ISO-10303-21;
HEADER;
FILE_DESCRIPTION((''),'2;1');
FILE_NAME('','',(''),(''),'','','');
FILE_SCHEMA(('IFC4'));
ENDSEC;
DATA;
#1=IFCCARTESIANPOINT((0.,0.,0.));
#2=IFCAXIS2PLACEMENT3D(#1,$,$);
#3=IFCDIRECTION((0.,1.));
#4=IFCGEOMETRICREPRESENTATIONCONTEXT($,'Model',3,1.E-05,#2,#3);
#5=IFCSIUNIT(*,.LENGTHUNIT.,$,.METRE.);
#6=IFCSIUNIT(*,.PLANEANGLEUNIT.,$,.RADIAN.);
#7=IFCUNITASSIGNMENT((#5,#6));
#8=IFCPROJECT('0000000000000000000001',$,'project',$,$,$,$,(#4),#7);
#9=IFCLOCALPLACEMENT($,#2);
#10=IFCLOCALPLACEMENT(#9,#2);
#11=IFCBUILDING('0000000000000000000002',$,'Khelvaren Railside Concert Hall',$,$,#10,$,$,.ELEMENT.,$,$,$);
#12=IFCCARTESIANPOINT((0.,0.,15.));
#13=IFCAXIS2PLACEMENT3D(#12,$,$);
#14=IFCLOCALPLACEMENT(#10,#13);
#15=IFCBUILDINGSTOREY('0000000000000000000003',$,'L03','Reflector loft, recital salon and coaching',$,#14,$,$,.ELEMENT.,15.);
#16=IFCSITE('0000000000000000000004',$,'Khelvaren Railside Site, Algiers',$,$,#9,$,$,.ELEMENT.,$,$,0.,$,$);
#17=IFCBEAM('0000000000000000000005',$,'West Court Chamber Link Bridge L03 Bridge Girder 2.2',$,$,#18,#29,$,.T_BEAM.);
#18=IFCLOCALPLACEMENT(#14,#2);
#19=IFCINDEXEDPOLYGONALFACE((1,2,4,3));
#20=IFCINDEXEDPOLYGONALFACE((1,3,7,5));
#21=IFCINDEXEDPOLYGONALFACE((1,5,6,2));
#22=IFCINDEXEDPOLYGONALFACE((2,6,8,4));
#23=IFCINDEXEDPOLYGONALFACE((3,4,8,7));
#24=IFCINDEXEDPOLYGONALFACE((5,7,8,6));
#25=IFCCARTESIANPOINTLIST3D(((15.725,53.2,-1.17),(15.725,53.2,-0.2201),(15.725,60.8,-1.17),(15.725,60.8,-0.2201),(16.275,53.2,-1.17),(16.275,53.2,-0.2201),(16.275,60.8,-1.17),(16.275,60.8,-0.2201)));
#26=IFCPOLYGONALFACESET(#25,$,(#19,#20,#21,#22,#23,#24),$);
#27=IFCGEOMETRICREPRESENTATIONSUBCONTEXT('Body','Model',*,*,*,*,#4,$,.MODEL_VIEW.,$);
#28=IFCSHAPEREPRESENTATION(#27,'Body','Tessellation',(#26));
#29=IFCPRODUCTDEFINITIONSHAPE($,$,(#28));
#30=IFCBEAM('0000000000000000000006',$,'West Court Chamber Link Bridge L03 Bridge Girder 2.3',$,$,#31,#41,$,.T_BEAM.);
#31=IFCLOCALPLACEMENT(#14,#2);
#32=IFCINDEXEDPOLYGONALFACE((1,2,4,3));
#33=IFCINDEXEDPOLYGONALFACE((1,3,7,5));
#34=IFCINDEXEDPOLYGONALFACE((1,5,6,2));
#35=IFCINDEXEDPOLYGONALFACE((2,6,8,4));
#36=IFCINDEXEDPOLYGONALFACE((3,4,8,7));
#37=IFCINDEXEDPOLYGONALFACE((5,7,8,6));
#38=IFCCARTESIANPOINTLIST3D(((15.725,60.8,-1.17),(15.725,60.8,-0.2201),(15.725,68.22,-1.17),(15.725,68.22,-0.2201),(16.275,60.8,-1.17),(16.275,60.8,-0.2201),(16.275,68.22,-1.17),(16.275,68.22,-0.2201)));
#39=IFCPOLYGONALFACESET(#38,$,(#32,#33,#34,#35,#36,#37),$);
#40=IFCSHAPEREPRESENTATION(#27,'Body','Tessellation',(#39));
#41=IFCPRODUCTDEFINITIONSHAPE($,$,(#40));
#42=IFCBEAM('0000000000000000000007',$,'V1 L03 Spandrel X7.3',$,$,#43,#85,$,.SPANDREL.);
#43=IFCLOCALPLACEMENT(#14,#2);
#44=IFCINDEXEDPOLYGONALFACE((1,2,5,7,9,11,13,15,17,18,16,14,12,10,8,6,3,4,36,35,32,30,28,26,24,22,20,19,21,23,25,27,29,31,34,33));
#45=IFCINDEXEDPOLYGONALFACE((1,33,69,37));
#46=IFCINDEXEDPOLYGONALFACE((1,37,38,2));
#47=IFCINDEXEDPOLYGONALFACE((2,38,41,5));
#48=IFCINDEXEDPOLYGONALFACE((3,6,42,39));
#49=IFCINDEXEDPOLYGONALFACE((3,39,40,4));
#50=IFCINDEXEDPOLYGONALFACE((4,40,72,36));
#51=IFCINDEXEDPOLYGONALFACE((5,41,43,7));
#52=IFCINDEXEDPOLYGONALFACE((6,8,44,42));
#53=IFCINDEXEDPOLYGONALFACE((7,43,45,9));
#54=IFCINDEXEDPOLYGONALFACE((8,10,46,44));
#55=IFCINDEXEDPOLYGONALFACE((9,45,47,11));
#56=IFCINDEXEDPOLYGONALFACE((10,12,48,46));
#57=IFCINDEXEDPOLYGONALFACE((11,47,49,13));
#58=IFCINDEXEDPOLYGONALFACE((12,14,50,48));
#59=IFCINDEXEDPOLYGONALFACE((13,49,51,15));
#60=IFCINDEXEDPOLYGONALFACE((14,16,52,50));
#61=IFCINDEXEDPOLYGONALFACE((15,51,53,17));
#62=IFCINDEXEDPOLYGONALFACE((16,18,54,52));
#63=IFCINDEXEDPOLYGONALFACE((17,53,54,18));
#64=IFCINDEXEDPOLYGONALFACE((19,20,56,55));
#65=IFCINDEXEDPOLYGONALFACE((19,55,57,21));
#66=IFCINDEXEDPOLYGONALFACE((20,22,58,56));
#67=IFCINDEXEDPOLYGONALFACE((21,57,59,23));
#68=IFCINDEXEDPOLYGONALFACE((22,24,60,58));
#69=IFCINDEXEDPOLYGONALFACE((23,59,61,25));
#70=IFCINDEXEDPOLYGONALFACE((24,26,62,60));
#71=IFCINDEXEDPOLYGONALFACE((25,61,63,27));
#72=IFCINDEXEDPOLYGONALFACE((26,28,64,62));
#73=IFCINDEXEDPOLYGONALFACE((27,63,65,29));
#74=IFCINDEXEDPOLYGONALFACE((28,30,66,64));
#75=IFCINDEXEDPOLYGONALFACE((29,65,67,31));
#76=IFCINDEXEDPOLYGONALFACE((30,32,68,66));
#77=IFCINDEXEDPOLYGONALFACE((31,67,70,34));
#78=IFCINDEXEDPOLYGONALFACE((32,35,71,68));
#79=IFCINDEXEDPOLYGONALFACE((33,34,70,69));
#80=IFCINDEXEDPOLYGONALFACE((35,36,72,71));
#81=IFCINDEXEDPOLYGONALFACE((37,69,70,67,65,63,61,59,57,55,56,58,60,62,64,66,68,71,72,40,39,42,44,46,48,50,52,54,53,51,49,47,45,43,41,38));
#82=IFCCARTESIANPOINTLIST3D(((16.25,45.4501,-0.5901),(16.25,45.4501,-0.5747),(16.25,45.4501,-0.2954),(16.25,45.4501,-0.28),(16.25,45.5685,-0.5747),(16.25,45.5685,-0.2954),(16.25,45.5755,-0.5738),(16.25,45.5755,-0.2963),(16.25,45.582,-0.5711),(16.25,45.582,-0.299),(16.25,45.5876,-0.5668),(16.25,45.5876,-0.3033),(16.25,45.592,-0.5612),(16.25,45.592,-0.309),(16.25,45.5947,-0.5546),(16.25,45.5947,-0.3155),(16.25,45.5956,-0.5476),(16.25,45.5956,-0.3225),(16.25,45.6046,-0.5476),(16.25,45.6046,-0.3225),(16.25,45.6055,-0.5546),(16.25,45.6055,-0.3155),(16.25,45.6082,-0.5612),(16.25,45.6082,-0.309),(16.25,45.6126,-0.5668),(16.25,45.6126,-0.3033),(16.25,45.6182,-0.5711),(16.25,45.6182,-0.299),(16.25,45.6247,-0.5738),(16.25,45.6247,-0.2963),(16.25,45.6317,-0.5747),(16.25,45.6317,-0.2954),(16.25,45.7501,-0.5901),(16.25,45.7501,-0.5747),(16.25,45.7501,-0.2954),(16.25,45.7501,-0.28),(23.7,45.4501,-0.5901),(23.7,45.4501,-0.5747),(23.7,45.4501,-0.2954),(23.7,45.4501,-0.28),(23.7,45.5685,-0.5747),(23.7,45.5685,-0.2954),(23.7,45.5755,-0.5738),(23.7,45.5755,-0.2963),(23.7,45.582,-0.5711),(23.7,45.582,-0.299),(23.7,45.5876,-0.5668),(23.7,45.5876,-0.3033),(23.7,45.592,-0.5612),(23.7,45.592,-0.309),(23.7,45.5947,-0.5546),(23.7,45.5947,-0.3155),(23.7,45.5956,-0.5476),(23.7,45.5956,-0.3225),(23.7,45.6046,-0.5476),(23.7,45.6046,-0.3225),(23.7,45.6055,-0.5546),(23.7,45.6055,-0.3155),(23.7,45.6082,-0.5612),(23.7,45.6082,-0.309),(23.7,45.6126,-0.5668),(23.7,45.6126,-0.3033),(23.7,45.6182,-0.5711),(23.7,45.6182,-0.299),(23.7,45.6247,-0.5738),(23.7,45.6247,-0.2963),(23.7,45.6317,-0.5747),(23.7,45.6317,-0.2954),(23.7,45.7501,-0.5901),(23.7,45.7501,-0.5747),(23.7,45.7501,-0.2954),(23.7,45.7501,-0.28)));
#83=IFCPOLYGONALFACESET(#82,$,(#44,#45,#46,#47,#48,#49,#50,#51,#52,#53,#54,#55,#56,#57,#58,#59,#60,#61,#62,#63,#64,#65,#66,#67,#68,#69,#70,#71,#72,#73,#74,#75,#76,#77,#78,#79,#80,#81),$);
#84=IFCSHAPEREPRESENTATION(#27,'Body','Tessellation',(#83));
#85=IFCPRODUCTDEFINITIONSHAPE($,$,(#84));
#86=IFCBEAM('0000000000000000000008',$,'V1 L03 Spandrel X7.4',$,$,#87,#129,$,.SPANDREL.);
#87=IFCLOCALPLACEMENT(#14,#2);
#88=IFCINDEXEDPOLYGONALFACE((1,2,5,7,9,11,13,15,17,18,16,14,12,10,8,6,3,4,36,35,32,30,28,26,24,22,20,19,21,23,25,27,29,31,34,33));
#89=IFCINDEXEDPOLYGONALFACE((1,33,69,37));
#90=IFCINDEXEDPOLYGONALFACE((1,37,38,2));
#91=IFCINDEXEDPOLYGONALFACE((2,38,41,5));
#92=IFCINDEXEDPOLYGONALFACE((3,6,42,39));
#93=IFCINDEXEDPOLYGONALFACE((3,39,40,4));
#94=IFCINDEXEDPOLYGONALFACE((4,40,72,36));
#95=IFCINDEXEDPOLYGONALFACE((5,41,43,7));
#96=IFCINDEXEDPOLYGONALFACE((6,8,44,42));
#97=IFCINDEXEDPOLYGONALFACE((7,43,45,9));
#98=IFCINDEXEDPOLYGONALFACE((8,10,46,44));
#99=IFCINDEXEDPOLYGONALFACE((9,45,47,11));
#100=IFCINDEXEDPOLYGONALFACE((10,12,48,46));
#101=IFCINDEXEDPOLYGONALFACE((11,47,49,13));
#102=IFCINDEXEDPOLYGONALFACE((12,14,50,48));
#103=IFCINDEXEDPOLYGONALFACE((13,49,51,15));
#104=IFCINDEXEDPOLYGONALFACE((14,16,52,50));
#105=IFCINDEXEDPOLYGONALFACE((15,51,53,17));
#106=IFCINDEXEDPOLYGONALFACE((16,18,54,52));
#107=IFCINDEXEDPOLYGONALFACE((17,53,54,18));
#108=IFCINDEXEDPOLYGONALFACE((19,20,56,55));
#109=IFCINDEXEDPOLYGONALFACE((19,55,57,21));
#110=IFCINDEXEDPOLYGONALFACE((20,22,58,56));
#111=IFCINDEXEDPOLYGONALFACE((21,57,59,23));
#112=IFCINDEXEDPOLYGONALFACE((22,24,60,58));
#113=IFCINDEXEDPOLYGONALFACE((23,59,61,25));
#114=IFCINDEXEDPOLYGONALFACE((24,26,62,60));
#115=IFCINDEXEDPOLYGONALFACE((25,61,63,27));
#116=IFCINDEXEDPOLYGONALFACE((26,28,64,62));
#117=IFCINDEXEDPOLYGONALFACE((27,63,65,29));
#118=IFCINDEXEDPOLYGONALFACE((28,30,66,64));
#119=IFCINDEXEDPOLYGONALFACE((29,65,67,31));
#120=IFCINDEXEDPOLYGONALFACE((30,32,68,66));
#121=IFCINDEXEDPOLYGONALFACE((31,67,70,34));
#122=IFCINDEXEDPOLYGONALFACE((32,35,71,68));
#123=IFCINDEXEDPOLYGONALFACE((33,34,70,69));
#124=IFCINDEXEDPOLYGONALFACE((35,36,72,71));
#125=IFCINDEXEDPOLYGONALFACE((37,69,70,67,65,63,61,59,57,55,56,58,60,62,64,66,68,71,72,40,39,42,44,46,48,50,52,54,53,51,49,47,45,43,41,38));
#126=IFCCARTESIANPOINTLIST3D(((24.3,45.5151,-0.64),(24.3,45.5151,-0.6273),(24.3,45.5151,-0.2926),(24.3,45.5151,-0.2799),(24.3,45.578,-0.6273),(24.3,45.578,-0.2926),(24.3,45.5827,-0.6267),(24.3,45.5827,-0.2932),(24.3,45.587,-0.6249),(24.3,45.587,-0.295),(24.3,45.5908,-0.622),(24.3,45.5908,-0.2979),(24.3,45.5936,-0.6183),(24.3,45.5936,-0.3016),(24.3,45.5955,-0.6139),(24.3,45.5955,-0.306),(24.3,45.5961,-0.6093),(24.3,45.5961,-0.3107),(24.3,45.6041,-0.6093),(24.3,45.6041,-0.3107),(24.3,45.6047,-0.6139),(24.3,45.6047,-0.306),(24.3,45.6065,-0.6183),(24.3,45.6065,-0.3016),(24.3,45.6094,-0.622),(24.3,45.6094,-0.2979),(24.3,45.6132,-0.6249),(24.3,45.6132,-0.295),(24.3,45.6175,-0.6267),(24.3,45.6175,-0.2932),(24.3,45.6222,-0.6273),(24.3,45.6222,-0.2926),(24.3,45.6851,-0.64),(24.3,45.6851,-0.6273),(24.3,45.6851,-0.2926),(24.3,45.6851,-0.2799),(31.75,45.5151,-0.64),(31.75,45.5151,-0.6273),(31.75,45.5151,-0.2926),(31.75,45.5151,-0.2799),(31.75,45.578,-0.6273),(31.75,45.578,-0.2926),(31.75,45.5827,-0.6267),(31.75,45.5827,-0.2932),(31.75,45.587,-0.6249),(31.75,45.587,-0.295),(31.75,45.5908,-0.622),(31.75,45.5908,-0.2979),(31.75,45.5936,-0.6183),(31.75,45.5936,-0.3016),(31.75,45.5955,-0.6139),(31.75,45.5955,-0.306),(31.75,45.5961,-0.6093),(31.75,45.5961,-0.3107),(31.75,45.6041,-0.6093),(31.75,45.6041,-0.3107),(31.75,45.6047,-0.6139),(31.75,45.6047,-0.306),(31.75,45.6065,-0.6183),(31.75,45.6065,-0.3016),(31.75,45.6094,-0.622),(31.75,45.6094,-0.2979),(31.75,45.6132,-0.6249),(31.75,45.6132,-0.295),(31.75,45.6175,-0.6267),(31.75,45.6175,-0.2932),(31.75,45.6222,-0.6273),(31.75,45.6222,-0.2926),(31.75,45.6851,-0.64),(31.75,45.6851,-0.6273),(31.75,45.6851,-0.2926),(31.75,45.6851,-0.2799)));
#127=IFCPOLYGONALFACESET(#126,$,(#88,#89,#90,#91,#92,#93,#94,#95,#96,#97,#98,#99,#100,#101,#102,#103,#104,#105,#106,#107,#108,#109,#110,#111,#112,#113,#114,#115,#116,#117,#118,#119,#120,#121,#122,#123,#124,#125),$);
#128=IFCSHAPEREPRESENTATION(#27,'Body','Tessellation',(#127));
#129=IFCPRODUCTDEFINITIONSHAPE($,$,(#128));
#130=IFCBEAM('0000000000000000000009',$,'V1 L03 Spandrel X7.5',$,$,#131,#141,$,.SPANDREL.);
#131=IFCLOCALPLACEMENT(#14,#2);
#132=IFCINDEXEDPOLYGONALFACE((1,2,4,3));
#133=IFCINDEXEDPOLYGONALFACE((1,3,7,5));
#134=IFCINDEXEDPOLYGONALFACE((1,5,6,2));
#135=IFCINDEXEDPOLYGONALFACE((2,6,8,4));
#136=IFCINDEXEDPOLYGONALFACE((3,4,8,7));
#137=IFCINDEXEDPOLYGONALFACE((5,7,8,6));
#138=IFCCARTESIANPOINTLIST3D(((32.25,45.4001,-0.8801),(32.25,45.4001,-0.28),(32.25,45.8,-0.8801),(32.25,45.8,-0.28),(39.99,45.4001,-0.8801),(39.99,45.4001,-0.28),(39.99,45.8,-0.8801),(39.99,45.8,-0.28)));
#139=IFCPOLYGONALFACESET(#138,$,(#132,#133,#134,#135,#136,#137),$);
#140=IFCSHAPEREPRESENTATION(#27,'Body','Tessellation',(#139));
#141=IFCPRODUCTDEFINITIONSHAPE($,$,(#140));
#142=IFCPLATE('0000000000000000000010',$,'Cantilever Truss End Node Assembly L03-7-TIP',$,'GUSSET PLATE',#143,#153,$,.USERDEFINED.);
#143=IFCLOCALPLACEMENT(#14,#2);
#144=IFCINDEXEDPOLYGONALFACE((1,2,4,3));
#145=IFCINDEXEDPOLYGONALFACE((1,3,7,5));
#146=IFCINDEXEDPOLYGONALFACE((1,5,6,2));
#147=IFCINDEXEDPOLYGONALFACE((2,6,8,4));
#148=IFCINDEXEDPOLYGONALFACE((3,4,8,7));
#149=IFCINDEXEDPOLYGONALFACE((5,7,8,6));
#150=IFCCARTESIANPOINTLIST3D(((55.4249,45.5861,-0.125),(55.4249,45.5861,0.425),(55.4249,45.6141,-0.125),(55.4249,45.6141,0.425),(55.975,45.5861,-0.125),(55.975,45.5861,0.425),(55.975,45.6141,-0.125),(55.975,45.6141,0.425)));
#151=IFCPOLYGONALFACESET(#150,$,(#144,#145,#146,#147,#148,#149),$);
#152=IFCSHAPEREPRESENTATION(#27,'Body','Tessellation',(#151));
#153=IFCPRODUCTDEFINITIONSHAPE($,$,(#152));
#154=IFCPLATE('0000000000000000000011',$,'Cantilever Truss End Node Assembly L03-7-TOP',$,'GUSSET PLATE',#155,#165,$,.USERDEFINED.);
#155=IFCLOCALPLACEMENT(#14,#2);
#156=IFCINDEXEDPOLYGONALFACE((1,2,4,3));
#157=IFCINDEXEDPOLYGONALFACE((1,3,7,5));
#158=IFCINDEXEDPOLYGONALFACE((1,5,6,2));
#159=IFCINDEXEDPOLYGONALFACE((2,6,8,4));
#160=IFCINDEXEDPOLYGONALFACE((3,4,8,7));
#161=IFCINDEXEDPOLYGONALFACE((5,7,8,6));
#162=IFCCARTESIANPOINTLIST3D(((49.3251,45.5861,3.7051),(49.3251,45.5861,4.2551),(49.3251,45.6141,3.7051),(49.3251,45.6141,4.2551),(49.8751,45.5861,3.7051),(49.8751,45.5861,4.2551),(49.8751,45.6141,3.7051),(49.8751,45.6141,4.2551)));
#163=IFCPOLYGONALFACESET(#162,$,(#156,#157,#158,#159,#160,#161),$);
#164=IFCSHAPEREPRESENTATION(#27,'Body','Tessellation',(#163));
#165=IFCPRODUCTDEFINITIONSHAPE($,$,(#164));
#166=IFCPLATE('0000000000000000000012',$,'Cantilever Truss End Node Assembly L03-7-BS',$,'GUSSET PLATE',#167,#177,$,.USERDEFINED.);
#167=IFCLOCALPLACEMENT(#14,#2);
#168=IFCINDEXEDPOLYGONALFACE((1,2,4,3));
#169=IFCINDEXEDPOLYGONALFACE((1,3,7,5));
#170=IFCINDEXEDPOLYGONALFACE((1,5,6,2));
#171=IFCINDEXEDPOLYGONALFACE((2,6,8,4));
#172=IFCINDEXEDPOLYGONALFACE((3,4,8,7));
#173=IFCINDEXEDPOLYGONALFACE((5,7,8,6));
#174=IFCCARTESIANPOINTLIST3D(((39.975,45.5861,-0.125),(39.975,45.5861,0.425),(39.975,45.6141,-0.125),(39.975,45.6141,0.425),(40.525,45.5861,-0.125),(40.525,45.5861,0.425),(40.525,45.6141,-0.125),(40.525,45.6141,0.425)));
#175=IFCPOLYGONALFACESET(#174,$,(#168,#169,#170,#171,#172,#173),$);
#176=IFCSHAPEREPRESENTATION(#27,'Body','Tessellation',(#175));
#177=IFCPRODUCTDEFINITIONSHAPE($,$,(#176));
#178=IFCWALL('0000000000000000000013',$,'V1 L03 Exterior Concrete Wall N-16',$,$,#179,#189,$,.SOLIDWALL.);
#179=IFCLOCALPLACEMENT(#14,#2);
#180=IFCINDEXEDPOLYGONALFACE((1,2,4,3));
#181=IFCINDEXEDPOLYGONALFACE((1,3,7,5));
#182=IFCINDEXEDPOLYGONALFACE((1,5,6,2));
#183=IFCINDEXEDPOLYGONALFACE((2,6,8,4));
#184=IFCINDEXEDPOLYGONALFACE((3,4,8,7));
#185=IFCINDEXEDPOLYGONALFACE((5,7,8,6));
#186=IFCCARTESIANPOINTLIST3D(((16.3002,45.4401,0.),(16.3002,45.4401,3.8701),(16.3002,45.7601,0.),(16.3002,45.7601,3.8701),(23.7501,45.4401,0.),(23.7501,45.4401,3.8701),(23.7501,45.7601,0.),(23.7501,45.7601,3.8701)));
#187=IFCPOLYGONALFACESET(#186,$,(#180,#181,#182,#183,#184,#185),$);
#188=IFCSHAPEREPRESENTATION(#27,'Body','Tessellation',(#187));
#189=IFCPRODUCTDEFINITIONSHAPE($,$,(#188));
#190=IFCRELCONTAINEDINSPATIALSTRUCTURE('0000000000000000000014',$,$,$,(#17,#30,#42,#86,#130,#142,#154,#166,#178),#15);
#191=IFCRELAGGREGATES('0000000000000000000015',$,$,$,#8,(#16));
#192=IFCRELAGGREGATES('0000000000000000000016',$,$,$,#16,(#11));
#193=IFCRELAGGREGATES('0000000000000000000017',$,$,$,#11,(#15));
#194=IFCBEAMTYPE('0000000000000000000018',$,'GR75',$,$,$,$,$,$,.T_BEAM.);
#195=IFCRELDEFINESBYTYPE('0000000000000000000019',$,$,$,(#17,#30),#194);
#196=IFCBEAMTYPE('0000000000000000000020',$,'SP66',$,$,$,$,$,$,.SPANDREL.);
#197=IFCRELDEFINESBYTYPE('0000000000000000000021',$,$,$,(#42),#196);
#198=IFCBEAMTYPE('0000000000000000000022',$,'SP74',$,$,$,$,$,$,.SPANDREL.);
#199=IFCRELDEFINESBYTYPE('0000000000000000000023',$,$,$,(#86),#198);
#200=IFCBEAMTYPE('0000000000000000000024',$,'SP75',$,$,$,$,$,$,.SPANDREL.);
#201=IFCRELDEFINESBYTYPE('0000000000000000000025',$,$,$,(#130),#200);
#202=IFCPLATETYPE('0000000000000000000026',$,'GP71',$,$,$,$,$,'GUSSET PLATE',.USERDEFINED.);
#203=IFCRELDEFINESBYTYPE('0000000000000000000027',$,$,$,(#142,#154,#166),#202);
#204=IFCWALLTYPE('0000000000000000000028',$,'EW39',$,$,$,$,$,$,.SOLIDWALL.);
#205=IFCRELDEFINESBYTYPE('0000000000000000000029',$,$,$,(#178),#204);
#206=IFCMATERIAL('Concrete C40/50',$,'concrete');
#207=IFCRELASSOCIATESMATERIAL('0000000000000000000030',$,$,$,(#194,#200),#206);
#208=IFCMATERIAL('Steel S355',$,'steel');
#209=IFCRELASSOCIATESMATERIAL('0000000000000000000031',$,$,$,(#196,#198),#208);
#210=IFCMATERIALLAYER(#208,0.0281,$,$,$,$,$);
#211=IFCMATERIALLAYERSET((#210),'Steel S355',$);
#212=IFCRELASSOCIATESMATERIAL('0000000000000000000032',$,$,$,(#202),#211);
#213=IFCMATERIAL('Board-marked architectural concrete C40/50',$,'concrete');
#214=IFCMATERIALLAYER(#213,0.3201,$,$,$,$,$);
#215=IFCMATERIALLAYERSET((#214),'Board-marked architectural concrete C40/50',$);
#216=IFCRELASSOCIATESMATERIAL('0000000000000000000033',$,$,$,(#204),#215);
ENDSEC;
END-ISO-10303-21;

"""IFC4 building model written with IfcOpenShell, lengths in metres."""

from ifc_helpers import new_model, si_unit, direction, frame, frame_2d, origin, origin_2d, place, context, subcontext, project, spatial, rectangle, i_section, extrude, material, layer, layer_set, material_profile, profile_set, type_object, element, save


model = new_model("IFC4")

# Units and contexts
model_context = context("Model", 3, precision=1e-05, world=origin(), true_north=direction((0.0, 1.0)))
body_context = subcontext(model_context, "Body", "Model", "MODEL_VIEW")
ifc_project = project(units=[si_unit("LENGTHUNIT", "METRE"), si_unit("PLANEANGLEUNIT", "RADIAN")], contexts=[model_context])

# Site, building, storey
site_placement = place(None, origin())
site = spatial("IfcSite", under=ifc_project, at=site_placement, Name="Khelvaren Railside Site, Algiers", CompositionType="ELEMENT", RefElevation=0.0)
building_placement = place(site_placement, origin())
building = spatial("IfcBuilding", under=site, at=building_placement, Name="Khelvaren Railside Concert Hall", CompositionType="ELEMENT")
storey_placement = place(building_placement, frame((0.0, 0.0, 15.0)))
storey = spatial("IfcBuildingStorey", under=building, at=storey_placement, Name="L03", Description="Reflector loft, recital salon and coaching", CompositionType="ELEMENT", Elevation=15.0)

# Shared definitions
ifc_material_1 = material(Name="Steel S355", Category="steel")

# Shared definitions
ifc_material_2 = material(Name="Concrete C40/50", Category="concrete")

# Beams
ifc_material_profile_1 = material_profile(ifc_material_2, rectangle(XDim=0.55, YDim=0.95, at=origin_2d()), Name="RCB 550x950")
ifc_profile_set_1 = profile_set([ifc_material_profile_1], Name="Concrete C40/50")
beam_type_1 = type_object("IfcBeamType", Name="GR75", PredefinedType="T_BEAM", material=ifc_profile_set_1)
beam_1_placement = place(storey_placement, frame((16.0, 53.2, -0.6951), z_axis=(0.0, 1.0, 0.0), x_axis=(-1.0, 0.0, 0.0)))
element("IfcBeam", 1, at=beam_1_placement, inside=storey, type_object=beam_type_1, Name="West Court Chamber Link Bridge L03 Bridge Girder 2.2", PredefinedType="T_BEAM", context=body_context, shape_type="SweptSolid", body=[
    extrude(rectangle(XDim=0.55, YDim=0.95, at=origin_2d()), origin(), (0.0, 0.0, 1.0), 7.6001),
])
beam_2_placement = place(storey_placement, frame((16.0, 60.8, -0.6951), z_axis=(0.0, 1.0, 0.0), x_axis=(-1.0, 0.0, 0.0)))
element("IfcBeam", 2, at=beam_2_placement, inside=storey, type_object=beam_type_1, Name="West Court Chamber Link Bridge L03 Bridge Girder 2.3", PredefinedType="T_BEAM", context=body_context, shape_type="SweptSolid", body=[
    extrude(rectangle(XDim=0.55, YDim=0.95, at=origin_2d()), origin(), (0.0, 0.0, 1.0), 7.4199),
])
ifc_material_profile_2 = material_profile(ifc_material_1, i_section(OverallWidth=0.3, OverallDepth=0.3101, WebThickness=0.009, FlangeThickness=0.0154, FilletRadius=0.0271, at=origin_2d()), Name="HEA 320")
ifc_profile_set_2 = profile_set([ifc_material_profile_2], Name="Steel S355")
beam_type_2 = type_object("IfcBeamType", Name="SP66", PredefinedType="SPANDREL", material=ifc_profile_set_2)
beam_3_placement = place(storey_placement, frame((16.25, 45.6001, -0.4351), z_axis=(1.0, 0.0, 0.0), x_axis=(0.0, 1.0, 0.0)))
element("IfcBeam", 3, at=beam_3_placement, inside=storey, type_object=beam_type_2, Name="V1 L03 Spandrel X7.3", PredefinedType="SPANDREL", context=body_context, shape_type="SweptSolid", body=[
    extrude(i_section(OverallWidth=0.3, OverallDepth=0.3101, WebThickness=0.009, FlangeThickness=0.0154, FilletRadius=0.0271, at=origin_2d()), origin(), (0.0, 0.0, 1.0), 7.45),
])
ifc_material_profile_3 = material_profile(ifc_material_1, i_section(OverallWidth=0.1699, OverallDepth=0.3601, WebThickness=0.0081, FlangeThickness=0.0127, FilletRadius=0.0181, at=origin_2d()), Name="IPE 360")
ifc_profile_set_3 = profile_set([ifc_material_profile_3], Name="Steel S355")
beam_type_3 = type_object("IfcBeamType", Name="SP74", PredefinedType="SPANDREL", material=ifc_profile_set_3)
beam_4_placement = place(storey_placement, frame((24.3, 45.6001, -0.46), z_axis=(1.0, 0.0, 0.0), x_axis=(0.0, 1.0, 0.0)))
element("IfcBeam", 4, at=beam_4_placement, inside=storey, type_object=beam_type_3, Name="V1 L03 Spandrel X7.4", PredefinedType="SPANDREL", context=body_context, shape_type="SweptSolid", body=[
    extrude(i_section(OverallWidth=0.1699, OverallDepth=0.3601, WebThickness=0.0081, FlangeThickness=0.0127, FilletRadius=0.0181, at=origin_2d()), origin(), (0.0, 0.0, 1.0), 7.45),
])
ifc_material_profile_4 = material_profile(ifc_material_2, rectangle(XDim=0.3999, YDim=0.6001, at=origin_2d()), Name="RCB 400x600")
ifc_profile_set_4 = profile_set([ifc_material_profile_4], Name="Concrete C40/50")
beam_type_4 = type_object("IfcBeamType", Name="SP75", PredefinedType="SPANDREL", material=ifc_profile_set_4)
beam_5_placement = place(storey_placement, frame((32.25, 45.6001, -0.5801), z_axis=(1.0, 0.0, 0.0), x_axis=(0.0, 1.0, 0.0)))
element("IfcBeam", 5, at=beam_5_placement, inside=storey, type_object=beam_type_4, Name="V1 L03 Spandrel X7.5", PredefinedType="SPANDREL", context=body_context, shape_type="SweptSolid", body=[
    extrude(rectangle(XDim=0.3999, YDim=0.6001, at=origin_2d()), origin(), (0.0, 0.0, 1.0), 7.74),
])

# Plates
ifc_layer_1 = layer(ifc_material_1, 0.0281)
ifc_layer_set_1 = layer_set([ifc_layer_1], Name="Steel S355")
plate_type = type_object("IfcPlateType", Name="GP71", ElementType="GUSSET PLATE", PredefinedType="USERDEFINED", material=ifc_layer_set_1)
for number, where, z_axis, x_axis, name in (
    (6, (55.7, 45.6001, -0.125), (0.0, 0.0, 1.0), (1.0, 0.0, 0.0), "Cantilever Truss End Node Assembly L03-7-TIP"),
    (7, (49.6001, 45.6001, 3.7051), (0.0, 0.0, 1.0), (1.0, 0.0, 0.0), "Cantilever Truss End Node Assembly L03-7-TOP"),
    (8, (40.25, 45.6001, -0.125), (0.0, 0.0, 1.0), (1.0, 0.0, 0.0), "Cantilever Truss End Node Assembly L03-7-BS"),
):
    element("IfcPlate", number, at=place(storey_placement, frame(where, z_axis=z_axis, x_axis=x_axis)), inside=storey, type_object=plate_type, Name=name, ObjectType="GUSSET PLATE", PredefinedType="USERDEFINED", context=body_context, shape_type="SweptSolid", body=[
        extrude(rectangle(XDim=0.55, YDim=0.0281, at=origin_2d()), origin(), (0.0, 0.0, 1.0), 0.55),
    ])

# Wall
ifc_material_3 = material(Name="Board-marked architectural concrete C40/50", Category="concrete")
ifc_layer_2 = layer(ifc_material_3, 0.3201)
ifc_layer_set_2 = layer_set([ifc_layer_2], Name="Board-marked architectural concrete C40/50")
wall_type = type_object("IfcWallType", Name="EW39", PredefinedType="SOLIDWALL", material=ifc_layer_set_2)
wall_1_placement = place(storey_placement, frame((16.3, 45.6001, 0.0), z_axis=(0.0, 0.0, 1.0), x_axis=(1.0, 0.0, 0.0)))
element("IfcWall", 9, at=wall_1_placement, inside=storey, type_object=wall_type, Name="V1 L03 Exterior Concrete Wall N-16", PredefinedType="SOLIDWALL", context=body_context, shape_type="SweptSolid", body=[
    extrude(rectangle(XDim=7.45, YDim=0.3201, at=frame_2d((3.7251, 0.0))), origin(), (0.0, 0.0, 1.0), 3.8701),
])

save(model, "model.ifc")
